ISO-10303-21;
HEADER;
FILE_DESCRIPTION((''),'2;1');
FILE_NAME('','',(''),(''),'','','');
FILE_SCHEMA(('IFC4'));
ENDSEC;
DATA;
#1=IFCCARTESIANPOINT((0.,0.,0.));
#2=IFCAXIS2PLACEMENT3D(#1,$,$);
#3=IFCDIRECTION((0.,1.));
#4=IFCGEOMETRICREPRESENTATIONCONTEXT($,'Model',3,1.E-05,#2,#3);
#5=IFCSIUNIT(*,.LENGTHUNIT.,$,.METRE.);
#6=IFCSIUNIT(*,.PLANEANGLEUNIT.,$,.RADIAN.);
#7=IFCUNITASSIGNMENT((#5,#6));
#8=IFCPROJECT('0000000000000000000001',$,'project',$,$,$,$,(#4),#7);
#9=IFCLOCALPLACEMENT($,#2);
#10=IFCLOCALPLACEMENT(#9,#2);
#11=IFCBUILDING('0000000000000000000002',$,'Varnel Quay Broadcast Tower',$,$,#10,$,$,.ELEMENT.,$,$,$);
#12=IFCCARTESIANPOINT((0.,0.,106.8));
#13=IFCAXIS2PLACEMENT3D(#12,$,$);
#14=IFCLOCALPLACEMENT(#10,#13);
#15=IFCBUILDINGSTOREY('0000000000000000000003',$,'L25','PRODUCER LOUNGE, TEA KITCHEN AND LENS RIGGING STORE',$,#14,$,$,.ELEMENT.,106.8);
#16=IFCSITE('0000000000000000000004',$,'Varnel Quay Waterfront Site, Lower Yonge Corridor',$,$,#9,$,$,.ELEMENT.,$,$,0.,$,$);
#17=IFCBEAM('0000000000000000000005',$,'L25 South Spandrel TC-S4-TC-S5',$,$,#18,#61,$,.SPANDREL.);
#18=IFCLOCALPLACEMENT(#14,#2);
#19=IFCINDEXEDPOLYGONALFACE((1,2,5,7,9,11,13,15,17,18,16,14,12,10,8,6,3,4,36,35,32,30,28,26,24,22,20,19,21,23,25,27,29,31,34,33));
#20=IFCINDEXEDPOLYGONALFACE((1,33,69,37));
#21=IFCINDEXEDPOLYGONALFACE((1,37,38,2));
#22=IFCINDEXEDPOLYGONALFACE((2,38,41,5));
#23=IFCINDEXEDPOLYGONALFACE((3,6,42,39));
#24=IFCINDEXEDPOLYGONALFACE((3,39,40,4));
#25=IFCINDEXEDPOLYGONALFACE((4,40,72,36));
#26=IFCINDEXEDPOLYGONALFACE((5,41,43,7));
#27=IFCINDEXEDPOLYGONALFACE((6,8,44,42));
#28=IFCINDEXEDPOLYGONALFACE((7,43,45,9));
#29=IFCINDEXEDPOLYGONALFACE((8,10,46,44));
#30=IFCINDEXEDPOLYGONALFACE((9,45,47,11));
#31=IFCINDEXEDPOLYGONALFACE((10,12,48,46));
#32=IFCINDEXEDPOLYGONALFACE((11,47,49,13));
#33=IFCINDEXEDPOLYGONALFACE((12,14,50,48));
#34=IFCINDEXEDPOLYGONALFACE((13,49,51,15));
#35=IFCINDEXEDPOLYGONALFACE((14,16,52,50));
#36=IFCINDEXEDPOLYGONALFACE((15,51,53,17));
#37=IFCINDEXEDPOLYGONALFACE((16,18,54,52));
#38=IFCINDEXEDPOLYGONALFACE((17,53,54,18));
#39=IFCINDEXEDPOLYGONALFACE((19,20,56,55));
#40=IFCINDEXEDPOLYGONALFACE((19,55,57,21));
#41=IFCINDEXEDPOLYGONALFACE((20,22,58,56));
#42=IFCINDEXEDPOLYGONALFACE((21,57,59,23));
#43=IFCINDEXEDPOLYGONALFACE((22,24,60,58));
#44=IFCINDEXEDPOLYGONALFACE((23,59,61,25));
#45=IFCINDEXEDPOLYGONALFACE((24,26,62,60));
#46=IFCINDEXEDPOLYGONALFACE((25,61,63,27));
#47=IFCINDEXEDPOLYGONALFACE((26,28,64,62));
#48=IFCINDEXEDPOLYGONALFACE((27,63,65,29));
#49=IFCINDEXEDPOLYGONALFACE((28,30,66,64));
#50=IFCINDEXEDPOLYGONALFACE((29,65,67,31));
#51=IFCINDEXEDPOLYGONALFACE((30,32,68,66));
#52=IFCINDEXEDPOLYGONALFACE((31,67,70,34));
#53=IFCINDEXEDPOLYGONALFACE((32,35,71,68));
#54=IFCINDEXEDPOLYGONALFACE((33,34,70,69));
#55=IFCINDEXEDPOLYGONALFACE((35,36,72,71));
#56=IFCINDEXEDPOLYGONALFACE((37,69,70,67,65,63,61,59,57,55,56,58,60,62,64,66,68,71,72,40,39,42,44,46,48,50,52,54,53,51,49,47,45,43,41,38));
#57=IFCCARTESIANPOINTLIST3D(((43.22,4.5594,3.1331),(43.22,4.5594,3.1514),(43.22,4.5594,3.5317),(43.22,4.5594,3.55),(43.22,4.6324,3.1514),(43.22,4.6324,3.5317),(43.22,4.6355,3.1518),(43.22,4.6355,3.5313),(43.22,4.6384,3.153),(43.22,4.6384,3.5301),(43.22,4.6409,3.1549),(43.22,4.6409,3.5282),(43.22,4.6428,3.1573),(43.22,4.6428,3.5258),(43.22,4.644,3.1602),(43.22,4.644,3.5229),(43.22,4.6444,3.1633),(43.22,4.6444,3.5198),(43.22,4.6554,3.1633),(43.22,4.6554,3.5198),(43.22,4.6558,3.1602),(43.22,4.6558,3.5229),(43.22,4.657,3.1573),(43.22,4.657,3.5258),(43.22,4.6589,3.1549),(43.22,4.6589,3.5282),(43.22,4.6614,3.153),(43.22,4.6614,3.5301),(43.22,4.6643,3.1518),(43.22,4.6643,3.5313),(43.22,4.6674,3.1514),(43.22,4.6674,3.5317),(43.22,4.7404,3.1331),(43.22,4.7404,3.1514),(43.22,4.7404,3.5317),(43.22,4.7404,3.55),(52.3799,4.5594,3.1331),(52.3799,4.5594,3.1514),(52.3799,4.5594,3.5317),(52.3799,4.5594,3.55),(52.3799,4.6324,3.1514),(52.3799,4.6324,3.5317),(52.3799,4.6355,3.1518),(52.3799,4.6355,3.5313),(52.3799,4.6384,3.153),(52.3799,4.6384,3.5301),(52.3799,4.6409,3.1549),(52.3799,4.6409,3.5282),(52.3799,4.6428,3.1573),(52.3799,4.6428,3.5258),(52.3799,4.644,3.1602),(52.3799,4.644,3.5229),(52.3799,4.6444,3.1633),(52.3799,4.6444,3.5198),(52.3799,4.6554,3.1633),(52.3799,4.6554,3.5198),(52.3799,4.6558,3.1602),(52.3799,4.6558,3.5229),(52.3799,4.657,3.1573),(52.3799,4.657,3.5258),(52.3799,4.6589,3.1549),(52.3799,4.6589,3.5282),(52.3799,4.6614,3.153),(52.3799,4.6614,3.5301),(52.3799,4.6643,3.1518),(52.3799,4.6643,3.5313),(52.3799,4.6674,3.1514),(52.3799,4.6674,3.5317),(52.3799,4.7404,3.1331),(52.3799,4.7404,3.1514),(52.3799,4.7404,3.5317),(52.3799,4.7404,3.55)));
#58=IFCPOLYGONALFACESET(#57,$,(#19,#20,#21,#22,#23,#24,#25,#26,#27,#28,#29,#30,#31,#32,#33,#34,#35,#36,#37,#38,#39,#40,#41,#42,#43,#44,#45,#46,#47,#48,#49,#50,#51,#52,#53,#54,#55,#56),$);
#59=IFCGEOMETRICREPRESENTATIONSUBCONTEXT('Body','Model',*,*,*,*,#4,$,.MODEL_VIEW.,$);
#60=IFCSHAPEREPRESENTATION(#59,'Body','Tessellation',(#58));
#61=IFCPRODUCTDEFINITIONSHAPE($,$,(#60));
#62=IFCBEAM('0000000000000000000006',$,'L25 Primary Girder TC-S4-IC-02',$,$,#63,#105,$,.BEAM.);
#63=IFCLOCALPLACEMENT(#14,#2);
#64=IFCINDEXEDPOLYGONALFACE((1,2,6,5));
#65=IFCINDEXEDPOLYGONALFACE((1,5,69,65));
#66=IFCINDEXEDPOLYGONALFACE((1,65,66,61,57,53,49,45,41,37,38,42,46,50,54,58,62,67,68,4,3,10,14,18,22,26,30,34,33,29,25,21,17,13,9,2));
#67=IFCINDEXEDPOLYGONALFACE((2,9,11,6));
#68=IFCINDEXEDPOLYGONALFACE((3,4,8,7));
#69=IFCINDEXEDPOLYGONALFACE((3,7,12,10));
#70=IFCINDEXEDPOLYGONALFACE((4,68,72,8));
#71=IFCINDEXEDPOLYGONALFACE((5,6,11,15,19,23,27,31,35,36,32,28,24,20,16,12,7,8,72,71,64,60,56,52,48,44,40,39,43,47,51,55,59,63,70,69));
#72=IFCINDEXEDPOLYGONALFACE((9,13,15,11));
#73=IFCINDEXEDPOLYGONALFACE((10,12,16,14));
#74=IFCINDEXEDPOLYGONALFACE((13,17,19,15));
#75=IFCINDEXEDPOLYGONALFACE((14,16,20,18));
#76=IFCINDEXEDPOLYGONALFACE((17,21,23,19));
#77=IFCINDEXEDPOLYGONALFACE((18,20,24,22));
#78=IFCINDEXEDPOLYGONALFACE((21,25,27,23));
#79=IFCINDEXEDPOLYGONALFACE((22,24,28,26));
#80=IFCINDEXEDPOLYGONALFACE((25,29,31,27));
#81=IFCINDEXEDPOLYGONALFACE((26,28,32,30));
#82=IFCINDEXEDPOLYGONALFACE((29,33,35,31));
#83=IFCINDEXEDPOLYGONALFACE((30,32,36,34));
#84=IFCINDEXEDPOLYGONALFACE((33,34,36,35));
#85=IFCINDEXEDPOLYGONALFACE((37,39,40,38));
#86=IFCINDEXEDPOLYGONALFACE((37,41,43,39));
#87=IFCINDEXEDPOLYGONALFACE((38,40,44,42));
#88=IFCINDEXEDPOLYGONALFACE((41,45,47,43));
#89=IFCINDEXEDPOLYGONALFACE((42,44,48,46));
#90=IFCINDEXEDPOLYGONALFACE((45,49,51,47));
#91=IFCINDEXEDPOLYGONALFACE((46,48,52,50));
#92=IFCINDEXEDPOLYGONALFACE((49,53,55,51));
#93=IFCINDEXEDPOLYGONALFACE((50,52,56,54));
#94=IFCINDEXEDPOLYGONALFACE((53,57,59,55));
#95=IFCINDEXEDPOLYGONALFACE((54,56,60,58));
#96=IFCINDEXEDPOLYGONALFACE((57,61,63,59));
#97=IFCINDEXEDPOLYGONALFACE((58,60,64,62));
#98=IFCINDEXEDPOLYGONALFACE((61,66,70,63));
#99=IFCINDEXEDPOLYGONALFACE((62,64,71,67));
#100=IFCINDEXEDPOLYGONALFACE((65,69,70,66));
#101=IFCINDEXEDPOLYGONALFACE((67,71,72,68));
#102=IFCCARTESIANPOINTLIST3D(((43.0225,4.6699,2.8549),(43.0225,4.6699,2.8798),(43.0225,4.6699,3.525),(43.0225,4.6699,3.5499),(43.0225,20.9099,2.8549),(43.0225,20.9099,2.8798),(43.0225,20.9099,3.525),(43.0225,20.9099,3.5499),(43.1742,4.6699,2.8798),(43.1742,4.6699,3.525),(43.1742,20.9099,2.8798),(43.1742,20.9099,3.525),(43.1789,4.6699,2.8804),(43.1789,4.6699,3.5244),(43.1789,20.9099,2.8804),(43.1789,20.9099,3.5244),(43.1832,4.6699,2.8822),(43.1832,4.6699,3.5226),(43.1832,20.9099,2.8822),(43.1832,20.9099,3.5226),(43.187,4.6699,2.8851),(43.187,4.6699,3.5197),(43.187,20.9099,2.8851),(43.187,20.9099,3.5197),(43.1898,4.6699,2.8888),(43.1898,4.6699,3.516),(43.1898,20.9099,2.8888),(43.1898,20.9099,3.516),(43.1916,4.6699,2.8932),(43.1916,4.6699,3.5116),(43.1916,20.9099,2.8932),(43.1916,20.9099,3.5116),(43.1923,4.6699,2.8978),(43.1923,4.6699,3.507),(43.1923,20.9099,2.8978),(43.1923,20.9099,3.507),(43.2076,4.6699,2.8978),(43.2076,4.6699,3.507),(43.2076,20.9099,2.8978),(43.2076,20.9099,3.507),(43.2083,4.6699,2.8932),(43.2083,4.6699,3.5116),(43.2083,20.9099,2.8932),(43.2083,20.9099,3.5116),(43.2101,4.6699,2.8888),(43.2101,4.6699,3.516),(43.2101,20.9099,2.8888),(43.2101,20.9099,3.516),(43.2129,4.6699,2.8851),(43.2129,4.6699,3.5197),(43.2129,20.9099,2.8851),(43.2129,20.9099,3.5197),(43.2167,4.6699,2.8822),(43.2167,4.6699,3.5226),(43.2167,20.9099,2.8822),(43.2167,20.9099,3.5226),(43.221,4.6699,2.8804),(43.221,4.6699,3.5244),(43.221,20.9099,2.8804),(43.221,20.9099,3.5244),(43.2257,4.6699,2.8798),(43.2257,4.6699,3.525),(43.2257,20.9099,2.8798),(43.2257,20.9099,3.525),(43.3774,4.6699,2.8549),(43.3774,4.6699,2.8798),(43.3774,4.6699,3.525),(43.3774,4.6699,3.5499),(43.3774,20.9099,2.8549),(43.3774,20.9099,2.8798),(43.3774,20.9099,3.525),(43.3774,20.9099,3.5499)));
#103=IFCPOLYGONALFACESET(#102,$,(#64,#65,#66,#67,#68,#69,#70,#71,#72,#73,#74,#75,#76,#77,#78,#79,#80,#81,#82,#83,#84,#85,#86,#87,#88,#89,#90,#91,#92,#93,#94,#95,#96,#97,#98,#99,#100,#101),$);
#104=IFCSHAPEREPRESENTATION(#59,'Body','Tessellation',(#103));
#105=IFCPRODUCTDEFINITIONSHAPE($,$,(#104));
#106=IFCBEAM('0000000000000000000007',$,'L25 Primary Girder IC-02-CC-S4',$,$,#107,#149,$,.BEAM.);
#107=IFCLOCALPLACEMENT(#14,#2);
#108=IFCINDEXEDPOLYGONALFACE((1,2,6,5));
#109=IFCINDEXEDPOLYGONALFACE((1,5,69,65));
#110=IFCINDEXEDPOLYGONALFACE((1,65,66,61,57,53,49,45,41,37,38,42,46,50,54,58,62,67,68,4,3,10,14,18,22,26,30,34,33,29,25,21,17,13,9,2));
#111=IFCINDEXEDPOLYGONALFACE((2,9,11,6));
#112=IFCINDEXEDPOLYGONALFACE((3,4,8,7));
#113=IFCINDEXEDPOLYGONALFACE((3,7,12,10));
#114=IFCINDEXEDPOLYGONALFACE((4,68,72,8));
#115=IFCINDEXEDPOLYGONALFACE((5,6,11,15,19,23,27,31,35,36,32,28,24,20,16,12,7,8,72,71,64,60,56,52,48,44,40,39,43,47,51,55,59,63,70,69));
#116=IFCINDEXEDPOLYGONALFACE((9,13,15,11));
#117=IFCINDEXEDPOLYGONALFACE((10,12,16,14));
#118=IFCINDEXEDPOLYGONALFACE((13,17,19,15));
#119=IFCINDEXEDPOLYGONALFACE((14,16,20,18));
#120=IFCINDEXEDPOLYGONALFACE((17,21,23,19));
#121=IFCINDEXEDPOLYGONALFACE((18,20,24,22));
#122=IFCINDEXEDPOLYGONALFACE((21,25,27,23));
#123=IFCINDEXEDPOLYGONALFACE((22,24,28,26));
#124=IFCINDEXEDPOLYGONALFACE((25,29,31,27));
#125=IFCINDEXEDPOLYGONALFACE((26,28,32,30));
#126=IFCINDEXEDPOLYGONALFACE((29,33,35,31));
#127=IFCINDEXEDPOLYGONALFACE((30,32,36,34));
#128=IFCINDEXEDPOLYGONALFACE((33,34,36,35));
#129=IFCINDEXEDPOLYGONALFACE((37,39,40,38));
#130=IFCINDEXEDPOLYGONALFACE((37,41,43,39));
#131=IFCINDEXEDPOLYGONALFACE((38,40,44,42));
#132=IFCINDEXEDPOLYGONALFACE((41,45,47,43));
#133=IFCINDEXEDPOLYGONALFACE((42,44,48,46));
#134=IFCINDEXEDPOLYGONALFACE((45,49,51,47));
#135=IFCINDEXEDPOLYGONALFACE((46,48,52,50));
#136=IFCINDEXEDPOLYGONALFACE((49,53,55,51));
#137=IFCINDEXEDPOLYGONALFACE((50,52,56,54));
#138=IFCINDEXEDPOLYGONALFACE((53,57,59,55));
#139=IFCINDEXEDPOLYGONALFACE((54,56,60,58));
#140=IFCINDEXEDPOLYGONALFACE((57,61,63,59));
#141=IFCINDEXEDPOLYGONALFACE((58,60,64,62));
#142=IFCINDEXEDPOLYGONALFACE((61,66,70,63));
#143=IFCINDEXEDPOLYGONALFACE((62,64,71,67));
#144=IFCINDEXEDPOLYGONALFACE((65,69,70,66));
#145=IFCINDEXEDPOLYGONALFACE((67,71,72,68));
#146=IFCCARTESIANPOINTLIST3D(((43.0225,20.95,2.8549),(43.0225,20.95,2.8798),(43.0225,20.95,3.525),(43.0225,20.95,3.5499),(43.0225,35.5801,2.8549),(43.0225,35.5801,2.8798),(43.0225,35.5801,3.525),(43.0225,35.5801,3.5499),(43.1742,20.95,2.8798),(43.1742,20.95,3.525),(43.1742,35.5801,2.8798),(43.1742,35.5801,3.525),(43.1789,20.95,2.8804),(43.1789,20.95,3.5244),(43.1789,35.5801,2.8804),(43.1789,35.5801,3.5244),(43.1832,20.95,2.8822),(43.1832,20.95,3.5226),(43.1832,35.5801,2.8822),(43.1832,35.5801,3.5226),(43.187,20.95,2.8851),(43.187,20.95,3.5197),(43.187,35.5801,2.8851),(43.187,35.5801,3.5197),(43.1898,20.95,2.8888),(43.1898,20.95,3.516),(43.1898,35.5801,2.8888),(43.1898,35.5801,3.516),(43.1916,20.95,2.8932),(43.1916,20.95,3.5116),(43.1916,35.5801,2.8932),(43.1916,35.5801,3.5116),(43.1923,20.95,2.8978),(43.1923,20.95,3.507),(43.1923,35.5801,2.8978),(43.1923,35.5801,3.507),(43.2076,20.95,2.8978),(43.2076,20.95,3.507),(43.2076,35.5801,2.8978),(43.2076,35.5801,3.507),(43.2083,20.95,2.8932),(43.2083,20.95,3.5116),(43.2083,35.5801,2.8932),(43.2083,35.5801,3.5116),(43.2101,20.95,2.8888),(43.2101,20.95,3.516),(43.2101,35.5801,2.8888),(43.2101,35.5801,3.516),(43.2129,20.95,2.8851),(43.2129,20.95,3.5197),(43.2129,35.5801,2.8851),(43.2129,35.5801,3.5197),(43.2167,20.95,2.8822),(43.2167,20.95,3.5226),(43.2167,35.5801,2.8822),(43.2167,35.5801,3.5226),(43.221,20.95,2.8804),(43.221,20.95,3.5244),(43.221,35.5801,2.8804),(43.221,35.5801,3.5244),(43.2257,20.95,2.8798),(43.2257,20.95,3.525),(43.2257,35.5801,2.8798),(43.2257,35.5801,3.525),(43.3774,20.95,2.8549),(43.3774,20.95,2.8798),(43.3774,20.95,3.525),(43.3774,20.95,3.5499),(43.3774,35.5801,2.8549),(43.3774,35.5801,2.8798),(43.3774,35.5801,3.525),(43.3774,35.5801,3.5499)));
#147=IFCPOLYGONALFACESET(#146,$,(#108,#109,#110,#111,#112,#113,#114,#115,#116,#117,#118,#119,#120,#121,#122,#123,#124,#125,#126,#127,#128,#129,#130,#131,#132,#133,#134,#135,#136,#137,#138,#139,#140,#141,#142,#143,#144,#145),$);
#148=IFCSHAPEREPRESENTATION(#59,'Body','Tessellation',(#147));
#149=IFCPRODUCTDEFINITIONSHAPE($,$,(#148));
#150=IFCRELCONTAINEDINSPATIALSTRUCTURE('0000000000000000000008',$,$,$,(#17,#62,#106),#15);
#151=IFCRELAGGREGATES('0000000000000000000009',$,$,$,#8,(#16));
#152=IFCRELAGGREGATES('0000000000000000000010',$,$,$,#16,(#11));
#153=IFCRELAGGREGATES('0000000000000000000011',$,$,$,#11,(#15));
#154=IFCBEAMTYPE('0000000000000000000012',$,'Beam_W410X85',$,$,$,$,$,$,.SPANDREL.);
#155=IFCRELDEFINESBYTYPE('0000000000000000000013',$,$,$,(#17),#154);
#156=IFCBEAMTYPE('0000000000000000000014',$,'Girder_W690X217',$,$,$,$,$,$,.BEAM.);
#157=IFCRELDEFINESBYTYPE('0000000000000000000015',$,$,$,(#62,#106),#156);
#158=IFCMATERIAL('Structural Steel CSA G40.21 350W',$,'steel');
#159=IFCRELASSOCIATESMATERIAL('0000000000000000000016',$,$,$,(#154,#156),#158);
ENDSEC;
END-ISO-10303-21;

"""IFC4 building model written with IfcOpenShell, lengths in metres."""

from ifc_helpers import new_model, si_unit, direction, frame, origin, origin_2d, place, context, subcontext, project, spatial, i_section, extrude, source, transform, mapped, material, material_profile, profile_set, type_object, type_shapes, element, save


model = new_model("IFC4")

# Units and contexts
model_context = context("Model", 3, precision=1e-05, world=origin(), true_north=direction((0.0, 1.0)))
body_context = subcontext(model_context, "Body", "Model", "MODEL_VIEW")
ifc_project = project(units=[si_unit("LENGTHUNIT", "METRE"), si_unit("PLANEANGLEUNIT", "RADIAN")], contexts=[model_context])

# Site, building, storey
site_placement = place(None, origin())
site = spatial("IfcSite", under=ifc_project, at=site_placement, Name="Varnel Quay Waterfront Site, Lower Yonge Corridor", CompositionType="ELEMENT", RefElevation=0.0)
building_placement = place(site_placement, origin())
building = spatial("IfcBuilding", under=site, at=building_placement, Name="Varnel Quay Broadcast Tower", CompositionType="ELEMENT")
storey_placement = place(building_placement, frame((0.0, 0.0, 106.8)))
storey = spatial("IfcBuildingStorey", under=building, at=storey_placement, Name="L25", Description="PRODUCER LOUNGE, TEA KITCHEN AND LENS RIGGING STORE", CompositionType="ELEMENT", Elevation=106.8)

# Shared definitions
ifc_material_1 = material(Name="Structural Steel CSA G40.21 350W", Category="steel")

# Beams
ifc_material_profile_1 = material_profile(ifc_material_1, i_section(OverallWidth=0.1809, OverallDepth=0.417, WebThickness=0.011, FlangeThickness=0.0183, FilletRadius=0.012, at=origin_2d()), Name="W410X85")
ifc_profile_set_1 = profile_set([ifc_material_profile_1], Name="Structural Steel CSA G40.21 350W")
beam_type_1 = type_object("IfcBeamType", Name="Beam_W410X85", PredefinedType="SPANDREL", material=ifc_profile_set_1)
shared_shape_1 = source(origin(), body_context, "Body", "SweptSolid", [
    extrude(i_section(OverallWidth=0.1809, OverallDepth=0.417, WebThickness=0.011, FlangeThickness=0.0183, FilletRadius=0.012, at=origin_2d()), origin(), (0.0, 0.0, 1.0), 9.1599),
])
type_shapes(beam_type_1, [shared_shape_1])
for number, where, z_axis, x_axis, name in (
    (1, (43.22, 4.6499, 3.3416), (1.0, 0.0, 0.0), (0.0, 1.0, 0.0), "L25 South Spandrel TC-S4-TC-S5"),
):
    element("IfcBeam", number, at=place(storey_placement, frame(where, z_axis=z_axis, x_axis=x_axis)), inside=storey, type_object=beam_type_1, Name=name, PredefinedType="SPANDREL", context=body_context, shape_type="MappedRepresentation", body=[
        mapped(shared_shape_1, transform((0.0, 0.0, 0.0), x_axis=(1.0, 0.0, 0.0), y_axis=(0.0, 1.0, 0.0), z_axis=(0.0, 0.0, 1.0), scale=1.0)),
    ])
ifc_material_profile_2 = material_profile(ifc_material_1, i_section(OverallWidth=0.355, OverallDepth=0.6951, WebThickness=0.0154, FlangeThickness=0.0249, FilletRadius=0.0181, at=origin_2d()), Name="W690X217")
ifc_profile_set_2 = profile_set([ifc_material_profile_2], Name="Structural Steel CSA G40.21 350W")
beam_type_2 = type_object("IfcBeamType", Name="Girder_W690X217", PredefinedType="BEAM", material=ifc_profile_set_2)
shared_shape_2 = source(origin(), body_context, "Body", "SweptSolid", [
    extrude(i_section(OverallWidth=0.355, OverallDepth=0.6951, WebThickness=0.0154, FlangeThickness=0.0249, FilletRadius=0.0181, at=origin_2d()), origin(), (0.0, 0.0, 1.0), 16.24),
])
beam_1_placement = place(storey_placement, frame((43.2, 4.6699, 3.2024), z_axis=(0.0, 1.0, 0.0), x_axis=(-1.0, 0.0, 0.0)))
element("IfcBeam", 2, at=beam_1_placement, inside=storey, type_object=beam_type_2, Name="L25 Primary Girder TC-S4-IC-02", PredefinedType="BEAM", context=body_context, shape_type="MappedRepresentation", body=[
    mapped(shared_shape_2, transform((0.0, 0.0, 0.0), x_axis=(1.0, 0.0, 0.0), y_axis=(0.0, 1.0, 0.0), z_axis=(0.0, 0.0, 1.0), scale=1.0)),
])
shared_shape_3 = source(origin(), body_context, "Body", "SweptSolid", [
    extrude(i_section(OverallWidth=0.355, OverallDepth=0.6951, WebThickness=0.0154, FlangeThickness=0.0249, FilletRadius=0.0181, at=origin_2d()), origin(), (0.0, 0.0, 1.0), 14.6301),
])
beam_2_placement = place(storey_placement, frame((43.2, 20.95, 3.2024), z_axis=(0.0, 1.0, 0.0), x_axis=(-1.0, 0.0, 0.0)))
element("IfcBeam", 3, at=beam_2_placement, inside=storey, type_object=beam_type_2, Name="L25 Primary Girder IC-02-CC-S4", PredefinedType="BEAM", context=body_context, shape_type="MappedRepresentation", body=[
    mapped(shared_shape_3, transform((0.0, 0.0, 0.0), x_axis=(1.0, 0.0, 0.0), y_axis=(0.0, 1.0, 0.0), z_axis=(0.0, 0.0, 1.0), scale=1.0)),
])

save(model, "model.ifc")
